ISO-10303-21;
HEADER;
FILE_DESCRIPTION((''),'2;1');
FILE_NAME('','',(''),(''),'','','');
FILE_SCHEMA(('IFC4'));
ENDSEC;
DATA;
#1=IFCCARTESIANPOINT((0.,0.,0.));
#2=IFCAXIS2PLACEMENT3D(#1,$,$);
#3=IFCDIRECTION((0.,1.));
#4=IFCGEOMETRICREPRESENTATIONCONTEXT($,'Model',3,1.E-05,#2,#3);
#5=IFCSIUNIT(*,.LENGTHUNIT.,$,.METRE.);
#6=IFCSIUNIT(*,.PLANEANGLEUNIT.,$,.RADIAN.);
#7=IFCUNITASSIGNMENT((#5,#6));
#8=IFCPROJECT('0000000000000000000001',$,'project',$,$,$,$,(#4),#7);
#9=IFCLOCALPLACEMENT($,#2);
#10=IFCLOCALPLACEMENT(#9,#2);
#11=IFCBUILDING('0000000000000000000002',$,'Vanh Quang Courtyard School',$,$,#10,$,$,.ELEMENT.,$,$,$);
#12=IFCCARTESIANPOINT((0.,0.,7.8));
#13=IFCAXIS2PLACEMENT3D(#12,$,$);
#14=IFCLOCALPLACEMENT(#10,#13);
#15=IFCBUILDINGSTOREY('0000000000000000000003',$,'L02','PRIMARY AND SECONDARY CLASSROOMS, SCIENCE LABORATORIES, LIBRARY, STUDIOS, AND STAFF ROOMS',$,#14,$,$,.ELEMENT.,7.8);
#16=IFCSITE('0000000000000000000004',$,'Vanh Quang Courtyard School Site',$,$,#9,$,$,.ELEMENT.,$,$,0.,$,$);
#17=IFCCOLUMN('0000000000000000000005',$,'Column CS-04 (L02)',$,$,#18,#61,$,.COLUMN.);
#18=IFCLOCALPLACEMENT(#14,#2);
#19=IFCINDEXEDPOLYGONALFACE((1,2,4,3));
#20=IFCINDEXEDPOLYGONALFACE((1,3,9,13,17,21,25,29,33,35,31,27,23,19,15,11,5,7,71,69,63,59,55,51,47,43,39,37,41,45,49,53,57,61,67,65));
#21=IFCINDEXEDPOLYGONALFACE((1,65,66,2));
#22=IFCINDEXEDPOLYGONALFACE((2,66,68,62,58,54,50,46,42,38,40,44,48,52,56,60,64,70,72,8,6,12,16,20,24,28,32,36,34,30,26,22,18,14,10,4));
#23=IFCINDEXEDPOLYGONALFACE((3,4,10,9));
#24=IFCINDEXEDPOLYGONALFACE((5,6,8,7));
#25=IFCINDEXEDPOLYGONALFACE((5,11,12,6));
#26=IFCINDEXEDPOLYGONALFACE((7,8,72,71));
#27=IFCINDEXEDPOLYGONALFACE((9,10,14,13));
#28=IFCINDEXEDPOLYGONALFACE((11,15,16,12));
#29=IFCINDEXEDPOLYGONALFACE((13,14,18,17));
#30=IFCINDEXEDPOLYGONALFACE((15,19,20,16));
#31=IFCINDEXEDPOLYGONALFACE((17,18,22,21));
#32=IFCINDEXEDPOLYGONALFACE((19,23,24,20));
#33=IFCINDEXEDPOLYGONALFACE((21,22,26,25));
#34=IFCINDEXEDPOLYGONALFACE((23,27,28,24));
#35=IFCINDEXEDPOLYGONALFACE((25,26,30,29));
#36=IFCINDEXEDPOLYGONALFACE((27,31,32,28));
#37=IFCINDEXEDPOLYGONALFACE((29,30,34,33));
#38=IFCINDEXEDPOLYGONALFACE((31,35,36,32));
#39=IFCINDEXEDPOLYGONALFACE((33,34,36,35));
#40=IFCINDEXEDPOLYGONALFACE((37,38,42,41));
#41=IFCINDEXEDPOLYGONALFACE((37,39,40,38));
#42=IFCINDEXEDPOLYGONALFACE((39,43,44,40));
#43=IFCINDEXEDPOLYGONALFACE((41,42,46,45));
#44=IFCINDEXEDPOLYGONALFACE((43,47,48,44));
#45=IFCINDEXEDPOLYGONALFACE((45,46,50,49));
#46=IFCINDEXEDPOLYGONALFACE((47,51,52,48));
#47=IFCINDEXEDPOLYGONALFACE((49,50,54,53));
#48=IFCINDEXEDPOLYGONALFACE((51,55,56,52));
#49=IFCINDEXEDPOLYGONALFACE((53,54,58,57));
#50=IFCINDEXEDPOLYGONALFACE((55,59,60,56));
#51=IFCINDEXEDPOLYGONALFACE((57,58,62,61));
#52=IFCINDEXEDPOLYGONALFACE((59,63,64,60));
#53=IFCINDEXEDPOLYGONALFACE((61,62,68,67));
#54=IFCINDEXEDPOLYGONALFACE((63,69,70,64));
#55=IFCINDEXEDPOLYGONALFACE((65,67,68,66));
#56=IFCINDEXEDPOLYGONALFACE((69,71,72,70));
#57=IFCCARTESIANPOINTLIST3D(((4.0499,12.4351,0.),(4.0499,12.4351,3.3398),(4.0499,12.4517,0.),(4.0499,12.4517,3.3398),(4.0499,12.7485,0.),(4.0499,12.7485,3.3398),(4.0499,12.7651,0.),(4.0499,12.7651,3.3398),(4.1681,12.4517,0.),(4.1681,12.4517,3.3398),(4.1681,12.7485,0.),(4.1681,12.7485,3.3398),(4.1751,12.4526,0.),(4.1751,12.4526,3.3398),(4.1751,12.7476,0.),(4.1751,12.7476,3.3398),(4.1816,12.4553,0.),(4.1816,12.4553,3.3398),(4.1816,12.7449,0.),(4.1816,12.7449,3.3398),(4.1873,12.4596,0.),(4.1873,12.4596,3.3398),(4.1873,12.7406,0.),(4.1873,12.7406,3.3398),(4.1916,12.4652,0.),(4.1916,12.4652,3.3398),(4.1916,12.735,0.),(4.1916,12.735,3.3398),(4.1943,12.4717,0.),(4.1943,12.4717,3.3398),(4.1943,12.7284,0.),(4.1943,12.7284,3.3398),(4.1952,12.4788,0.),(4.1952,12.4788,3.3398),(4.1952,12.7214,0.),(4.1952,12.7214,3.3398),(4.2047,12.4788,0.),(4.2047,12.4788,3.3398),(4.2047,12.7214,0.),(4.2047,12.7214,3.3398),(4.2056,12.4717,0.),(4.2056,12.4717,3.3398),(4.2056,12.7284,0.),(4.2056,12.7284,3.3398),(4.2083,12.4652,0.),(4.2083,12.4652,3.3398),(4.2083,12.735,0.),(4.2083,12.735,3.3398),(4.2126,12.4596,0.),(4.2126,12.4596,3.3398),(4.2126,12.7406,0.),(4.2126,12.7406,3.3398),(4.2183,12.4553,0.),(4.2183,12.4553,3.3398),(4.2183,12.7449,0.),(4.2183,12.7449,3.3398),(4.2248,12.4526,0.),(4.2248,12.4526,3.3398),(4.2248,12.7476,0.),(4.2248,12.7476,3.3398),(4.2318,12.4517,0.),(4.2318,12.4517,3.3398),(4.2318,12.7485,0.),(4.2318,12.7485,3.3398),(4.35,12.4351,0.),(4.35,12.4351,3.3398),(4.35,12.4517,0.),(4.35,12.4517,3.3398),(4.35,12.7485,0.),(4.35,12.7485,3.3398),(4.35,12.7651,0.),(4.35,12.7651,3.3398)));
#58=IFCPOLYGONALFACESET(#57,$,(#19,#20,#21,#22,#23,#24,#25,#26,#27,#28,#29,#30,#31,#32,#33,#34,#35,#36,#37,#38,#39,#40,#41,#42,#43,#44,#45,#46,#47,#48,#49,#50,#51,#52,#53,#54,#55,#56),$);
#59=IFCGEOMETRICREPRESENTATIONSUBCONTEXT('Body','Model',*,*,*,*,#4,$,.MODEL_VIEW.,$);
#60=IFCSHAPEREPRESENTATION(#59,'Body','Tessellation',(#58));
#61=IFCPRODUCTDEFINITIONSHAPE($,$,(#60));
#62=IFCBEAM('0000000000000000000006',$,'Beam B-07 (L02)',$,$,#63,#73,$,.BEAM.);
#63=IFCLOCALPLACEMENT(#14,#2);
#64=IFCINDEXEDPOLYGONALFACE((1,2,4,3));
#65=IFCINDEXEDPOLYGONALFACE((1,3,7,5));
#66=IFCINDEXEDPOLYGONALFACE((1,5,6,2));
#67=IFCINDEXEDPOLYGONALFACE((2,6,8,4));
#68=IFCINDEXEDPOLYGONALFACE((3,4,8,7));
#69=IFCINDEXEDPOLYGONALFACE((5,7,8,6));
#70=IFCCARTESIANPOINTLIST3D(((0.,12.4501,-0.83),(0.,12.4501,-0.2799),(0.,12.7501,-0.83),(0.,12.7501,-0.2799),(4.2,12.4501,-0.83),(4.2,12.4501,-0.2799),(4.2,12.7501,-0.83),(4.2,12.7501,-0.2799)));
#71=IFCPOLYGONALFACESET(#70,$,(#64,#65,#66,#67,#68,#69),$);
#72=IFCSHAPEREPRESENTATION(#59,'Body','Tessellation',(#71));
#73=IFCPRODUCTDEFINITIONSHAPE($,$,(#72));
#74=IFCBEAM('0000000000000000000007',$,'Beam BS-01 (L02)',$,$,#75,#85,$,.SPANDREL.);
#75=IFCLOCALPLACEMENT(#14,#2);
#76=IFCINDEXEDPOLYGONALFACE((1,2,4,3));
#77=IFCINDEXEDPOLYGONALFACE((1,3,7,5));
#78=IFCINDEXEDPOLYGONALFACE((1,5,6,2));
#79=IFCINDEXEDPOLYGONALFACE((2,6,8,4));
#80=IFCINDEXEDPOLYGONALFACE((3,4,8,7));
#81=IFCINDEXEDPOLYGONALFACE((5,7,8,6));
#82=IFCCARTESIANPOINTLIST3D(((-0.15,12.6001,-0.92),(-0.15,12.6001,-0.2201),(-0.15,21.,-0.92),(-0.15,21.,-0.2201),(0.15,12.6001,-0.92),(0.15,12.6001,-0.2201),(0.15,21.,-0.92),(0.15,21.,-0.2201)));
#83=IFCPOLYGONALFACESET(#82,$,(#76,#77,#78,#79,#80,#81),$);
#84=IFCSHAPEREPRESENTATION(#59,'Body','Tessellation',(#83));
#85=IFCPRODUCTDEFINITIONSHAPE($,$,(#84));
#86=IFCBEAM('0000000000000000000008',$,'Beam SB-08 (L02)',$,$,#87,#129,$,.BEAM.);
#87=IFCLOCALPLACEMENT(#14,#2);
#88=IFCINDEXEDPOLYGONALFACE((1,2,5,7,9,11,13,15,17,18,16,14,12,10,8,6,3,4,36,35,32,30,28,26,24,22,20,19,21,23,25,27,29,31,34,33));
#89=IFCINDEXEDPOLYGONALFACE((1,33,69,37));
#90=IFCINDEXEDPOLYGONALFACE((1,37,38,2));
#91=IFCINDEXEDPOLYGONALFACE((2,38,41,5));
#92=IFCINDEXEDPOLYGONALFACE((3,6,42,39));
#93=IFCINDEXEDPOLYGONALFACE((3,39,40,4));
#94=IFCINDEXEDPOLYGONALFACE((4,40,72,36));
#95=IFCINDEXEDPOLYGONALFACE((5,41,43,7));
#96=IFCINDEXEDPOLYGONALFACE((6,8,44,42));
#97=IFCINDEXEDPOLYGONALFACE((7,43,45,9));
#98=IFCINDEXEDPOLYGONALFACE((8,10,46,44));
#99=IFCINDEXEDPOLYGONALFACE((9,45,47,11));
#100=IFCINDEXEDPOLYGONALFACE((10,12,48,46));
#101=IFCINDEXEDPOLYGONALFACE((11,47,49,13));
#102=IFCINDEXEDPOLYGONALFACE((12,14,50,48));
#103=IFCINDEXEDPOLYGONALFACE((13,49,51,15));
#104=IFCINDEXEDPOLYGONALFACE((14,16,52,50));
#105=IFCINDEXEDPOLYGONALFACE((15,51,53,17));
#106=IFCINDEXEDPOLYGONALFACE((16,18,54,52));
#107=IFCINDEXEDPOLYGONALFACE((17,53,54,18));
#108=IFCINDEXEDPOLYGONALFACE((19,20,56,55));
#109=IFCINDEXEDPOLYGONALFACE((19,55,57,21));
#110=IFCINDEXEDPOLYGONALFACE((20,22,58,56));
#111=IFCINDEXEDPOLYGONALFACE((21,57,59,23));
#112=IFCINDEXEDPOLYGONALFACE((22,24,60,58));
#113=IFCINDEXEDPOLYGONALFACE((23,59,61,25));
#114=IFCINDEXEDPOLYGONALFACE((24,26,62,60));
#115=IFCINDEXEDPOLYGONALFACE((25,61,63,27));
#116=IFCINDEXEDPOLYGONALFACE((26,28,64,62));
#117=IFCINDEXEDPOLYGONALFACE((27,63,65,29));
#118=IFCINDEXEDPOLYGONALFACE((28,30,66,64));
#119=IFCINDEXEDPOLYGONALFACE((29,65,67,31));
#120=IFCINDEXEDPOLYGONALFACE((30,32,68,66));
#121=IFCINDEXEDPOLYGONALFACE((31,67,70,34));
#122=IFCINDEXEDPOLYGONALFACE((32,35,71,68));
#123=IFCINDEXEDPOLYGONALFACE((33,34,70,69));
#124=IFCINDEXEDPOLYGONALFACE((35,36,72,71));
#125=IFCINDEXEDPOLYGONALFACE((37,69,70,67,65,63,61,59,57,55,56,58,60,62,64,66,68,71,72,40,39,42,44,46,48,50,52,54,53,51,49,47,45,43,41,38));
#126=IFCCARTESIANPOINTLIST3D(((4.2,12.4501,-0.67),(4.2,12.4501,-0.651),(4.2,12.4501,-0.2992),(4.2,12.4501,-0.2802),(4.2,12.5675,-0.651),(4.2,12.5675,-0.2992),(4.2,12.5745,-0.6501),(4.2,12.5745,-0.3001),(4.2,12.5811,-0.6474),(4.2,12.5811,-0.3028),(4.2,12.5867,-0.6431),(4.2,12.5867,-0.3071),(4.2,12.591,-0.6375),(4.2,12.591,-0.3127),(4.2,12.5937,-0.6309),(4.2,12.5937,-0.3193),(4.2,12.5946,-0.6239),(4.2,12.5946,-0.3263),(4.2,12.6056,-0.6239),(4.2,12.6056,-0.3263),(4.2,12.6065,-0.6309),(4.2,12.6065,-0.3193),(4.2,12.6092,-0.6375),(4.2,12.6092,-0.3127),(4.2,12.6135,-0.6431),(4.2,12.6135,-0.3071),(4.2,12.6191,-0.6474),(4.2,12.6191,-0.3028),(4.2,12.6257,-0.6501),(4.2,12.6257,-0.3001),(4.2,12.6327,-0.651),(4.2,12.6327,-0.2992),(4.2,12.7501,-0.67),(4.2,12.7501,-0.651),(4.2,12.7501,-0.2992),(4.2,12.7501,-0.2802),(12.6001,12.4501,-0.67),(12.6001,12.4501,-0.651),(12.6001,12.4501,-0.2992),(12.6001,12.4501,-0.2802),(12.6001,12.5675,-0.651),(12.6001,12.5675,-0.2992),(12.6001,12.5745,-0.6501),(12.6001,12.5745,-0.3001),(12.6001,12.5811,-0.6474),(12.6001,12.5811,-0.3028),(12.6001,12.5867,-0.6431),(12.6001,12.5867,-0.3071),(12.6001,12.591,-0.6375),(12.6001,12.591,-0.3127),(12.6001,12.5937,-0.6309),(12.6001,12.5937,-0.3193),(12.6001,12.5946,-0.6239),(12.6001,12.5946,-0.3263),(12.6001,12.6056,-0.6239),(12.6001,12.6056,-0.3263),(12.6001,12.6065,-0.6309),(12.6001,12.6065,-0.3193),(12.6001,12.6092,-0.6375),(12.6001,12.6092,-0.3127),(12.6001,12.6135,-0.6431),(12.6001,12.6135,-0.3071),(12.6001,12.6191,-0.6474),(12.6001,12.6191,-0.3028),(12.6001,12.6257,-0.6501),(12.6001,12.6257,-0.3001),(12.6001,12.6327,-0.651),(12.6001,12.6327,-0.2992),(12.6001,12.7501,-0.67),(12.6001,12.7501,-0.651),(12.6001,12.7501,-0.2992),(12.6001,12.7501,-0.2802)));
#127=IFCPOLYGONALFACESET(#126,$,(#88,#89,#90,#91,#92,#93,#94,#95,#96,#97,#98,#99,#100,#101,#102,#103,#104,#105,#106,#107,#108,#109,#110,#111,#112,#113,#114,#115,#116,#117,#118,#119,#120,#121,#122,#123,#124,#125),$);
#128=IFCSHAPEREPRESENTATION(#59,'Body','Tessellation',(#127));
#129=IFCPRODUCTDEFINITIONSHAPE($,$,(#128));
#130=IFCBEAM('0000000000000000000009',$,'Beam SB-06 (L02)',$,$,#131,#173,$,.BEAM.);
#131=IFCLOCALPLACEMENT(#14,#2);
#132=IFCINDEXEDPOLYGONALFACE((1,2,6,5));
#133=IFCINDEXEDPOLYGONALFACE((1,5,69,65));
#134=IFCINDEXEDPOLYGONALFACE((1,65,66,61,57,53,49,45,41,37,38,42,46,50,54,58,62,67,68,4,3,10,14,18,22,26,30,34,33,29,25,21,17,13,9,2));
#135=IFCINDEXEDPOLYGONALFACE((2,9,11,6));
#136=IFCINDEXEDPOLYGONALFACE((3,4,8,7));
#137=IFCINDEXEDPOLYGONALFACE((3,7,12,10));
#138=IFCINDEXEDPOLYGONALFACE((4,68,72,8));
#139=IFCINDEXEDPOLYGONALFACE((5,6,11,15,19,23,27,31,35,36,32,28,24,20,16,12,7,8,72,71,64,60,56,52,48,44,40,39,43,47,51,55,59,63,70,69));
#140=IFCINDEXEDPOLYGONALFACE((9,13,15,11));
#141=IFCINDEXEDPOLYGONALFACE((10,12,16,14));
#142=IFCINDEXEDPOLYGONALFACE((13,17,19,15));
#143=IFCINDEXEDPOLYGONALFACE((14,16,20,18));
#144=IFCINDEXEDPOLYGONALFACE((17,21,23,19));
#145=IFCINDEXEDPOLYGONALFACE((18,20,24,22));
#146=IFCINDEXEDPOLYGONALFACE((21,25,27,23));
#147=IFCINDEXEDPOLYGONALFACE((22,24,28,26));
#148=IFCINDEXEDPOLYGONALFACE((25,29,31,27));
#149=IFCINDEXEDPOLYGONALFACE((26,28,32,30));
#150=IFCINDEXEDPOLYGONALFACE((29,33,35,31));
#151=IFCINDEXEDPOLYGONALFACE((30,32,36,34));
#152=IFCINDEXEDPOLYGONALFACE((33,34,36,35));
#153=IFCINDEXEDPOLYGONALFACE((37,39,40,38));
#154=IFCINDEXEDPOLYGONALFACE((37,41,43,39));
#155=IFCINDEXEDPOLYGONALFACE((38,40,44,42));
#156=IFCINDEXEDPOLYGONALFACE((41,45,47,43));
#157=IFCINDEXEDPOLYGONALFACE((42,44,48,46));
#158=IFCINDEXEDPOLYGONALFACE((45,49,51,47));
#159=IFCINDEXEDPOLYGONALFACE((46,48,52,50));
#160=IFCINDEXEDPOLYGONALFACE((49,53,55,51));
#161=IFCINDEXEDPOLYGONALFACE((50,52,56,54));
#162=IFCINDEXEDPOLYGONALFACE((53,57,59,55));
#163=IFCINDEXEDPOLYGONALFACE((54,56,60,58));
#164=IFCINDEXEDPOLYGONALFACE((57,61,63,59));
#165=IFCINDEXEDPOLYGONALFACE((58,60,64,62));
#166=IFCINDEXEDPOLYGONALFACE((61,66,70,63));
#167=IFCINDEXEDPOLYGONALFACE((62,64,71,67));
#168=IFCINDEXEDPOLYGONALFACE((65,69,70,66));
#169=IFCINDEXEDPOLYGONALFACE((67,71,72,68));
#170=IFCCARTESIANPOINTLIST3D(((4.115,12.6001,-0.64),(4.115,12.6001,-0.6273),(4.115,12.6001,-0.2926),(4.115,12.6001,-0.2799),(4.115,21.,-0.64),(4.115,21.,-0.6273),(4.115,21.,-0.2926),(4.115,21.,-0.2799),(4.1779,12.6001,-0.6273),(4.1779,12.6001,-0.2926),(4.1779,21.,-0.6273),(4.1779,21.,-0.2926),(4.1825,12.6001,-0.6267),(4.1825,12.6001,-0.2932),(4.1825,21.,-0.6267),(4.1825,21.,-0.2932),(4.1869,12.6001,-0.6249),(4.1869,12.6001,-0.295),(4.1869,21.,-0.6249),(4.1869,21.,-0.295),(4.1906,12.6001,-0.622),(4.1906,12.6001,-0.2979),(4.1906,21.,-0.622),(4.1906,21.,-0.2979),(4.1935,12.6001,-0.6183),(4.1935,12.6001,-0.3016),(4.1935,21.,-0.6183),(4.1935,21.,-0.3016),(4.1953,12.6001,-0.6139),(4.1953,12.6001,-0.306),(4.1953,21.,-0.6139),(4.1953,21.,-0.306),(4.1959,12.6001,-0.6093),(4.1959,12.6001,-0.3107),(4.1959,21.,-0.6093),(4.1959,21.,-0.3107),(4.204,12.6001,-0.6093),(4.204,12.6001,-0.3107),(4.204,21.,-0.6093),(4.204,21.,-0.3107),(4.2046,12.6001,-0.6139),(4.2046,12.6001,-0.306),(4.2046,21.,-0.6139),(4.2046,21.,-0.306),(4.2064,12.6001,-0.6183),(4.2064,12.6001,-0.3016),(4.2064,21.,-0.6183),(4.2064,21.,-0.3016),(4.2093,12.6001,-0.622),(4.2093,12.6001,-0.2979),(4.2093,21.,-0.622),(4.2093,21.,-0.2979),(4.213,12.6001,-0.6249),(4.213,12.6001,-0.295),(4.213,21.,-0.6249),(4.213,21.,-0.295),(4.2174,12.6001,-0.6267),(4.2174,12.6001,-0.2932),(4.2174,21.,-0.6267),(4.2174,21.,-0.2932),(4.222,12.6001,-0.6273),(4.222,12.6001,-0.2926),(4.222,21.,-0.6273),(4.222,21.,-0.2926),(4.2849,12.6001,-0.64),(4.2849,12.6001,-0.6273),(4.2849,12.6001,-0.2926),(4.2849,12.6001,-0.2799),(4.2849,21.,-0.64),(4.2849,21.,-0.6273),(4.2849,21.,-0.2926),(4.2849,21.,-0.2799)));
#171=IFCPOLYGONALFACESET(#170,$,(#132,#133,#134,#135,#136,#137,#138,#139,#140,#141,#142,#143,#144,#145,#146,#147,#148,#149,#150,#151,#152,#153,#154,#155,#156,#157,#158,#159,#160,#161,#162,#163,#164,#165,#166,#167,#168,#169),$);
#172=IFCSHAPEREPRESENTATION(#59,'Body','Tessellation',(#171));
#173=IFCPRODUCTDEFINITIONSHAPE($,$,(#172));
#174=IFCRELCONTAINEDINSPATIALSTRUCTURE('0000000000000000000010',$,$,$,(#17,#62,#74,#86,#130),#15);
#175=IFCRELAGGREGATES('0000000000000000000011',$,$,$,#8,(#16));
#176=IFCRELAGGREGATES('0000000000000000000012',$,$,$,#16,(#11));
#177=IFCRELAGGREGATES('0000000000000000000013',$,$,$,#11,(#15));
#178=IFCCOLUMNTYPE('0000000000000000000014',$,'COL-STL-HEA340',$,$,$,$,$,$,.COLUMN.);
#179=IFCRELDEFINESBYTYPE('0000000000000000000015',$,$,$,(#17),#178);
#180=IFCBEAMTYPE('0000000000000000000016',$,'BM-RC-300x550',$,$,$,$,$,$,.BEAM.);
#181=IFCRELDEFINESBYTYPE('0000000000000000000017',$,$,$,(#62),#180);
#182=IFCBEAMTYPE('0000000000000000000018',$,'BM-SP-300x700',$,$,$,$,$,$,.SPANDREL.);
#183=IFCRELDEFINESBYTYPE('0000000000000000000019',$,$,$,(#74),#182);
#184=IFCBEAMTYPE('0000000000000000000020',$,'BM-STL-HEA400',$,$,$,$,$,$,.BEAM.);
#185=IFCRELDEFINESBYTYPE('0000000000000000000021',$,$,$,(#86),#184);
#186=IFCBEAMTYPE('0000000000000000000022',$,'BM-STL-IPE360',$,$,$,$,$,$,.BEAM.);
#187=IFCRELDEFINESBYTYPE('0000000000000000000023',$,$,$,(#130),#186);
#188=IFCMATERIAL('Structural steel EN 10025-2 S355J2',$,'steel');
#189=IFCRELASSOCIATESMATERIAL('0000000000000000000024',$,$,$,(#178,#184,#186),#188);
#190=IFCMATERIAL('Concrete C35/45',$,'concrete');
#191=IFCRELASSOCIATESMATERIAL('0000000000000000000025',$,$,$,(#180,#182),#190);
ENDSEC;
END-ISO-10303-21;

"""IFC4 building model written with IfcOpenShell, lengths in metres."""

from ifc_helpers import new_model, si_unit, direction, frame, origin, origin_2d, place, context, subcontext, project, spatial, rectangle, i_section, extrude, material, material_profile, profile_set, type_object, element, save


model = new_model("IFC4")

# Units and contexts
model_context = context("Model", 3, precision=1e-05, world=origin(), true_north=direction((0.0, 1.0)))
body_context = subcontext(model_context, "Body", "Model", "MODEL_VIEW")
ifc_project = project(units=[si_unit("LENGTHUNIT", "METRE"), si_unit("PLANEANGLEUNIT", "RADIAN")], contexts=[model_context])

# Site, building, storey
site_placement = place(None, origin())
site = spatial("IfcSite", under=ifc_project, at=site_placement, Name="Vanh Quang Courtyard School Site", CompositionType="ELEMENT", RefElevation=0.0)
building_placement = place(site_placement, origin())
building = spatial("IfcBuilding", under=site, at=building_placement, Name="Vanh Quang Courtyard School", CompositionType="ELEMENT")
storey_placement = place(building_placement, frame((0.0, 0.0, 7.8)))
storey = spatial("IfcBuildingStorey", under=building, at=storey_placement, Name="L02", Description="PRIMARY AND SECONDARY CLASSROOMS, SCIENCE LABORATORIES, LIBRARY, STUDIOS, AND STAFF ROOMS", CompositionType="ELEMENT", Elevation=7.8)

# Column
ifc_material_1 = material(Name="Structural steel EN 10025-2 S355J2", Category="steel")
ifc_material_profile_1 = material_profile(ifc_material_1, i_section(OverallWidth=0.3, OverallDepth=0.3301, WebThickness=0.0095, FlangeThickness=0.0166, FilletRadius=0.0271, at=origin_2d()), Name="HEA 340")
ifc_profile_set_1 = profile_set([ifc_material_profile_1], Name="Structural steel EN 10025-2 S355J2")
column_type = type_object("IfcColumnType", Name="COL-STL-HEA340", PredefinedType="COLUMN", material=ifc_profile_set_1)
column_placement = place(storey_placement, frame((4.2, 12.6001, 0.0), z_axis=(0.0, 0.0, 1.0), x_axis=(1.0, 0.0, 0.0)))
element("IfcColumn", 1, at=column_placement, inside=storey, type_object=column_type, Name="Column CS-04 (L02)", PredefinedType="COLUMN", context=body_context, shape_type="SweptSolid", body=[
    extrude(i_section(OverallWidth=0.3, OverallDepth=0.3301, WebThickness=0.0095, FlangeThickness=0.0166, FilletRadius=0.0271, at=origin_2d()), origin(), (0.0, 0.0, 1.0), 3.3398),
])

# Beams
ifc_material_2 = material(Name="Concrete C35/45", Category="concrete")
ifc_material_profile_2 = material_profile(ifc_material_2, rectangle(XDim=0.3, YDim=0.55, at=origin_2d()), Name="RC-BM 300x550")
ifc_profile_set_2 = profile_set([ifc_material_profile_2], Name="Concrete C35/45")
beam_type_1 = type_object("IfcBeamType", Name="BM-RC-300x550", PredefinedType="BEAM", material=ifc_profile_set_2)
beam_1_placement = place(storey_placement, frame((0.0, 12.6001, -0.5549), z_axis=(1.0, 0.0, 0.0), x_axis=(0.0, 1.0, 0.0)))
element("IfcBeam", 2, at=beam_1_placement, inside=storey, type_object=beam_type_1, Name="Beam B-07 (L02)", PredefinedType="BEAM", context=body_context, shape_type="SweptSolid", body=[
    extrude(rectangle(XDim=0.3, YDim=0.55, at=origin_2d()), origin(), (0.0, 0.0, 1.0), 4.2),
])
ifc_material_profile_3 = material_profile(ifc_material_2, rectangle(XDim=0.3, YDim=0.7, at=origin_2d()), Name="RC-SP 300x700")
ifc_profile_set_3 = profile_set([ifc_material_profile_3], Name="Concrete C35/45")
beam_type_2 = type_object("IfcBeamType", Name="BM-SP-300x700", PredefinedType="SPANDREL", material=ifc_profile_set_3)
beam_2_placement = place(storey_placement, frame((0.0, 12.6001, -0.5701), z_axis=(0.0, 1.0, 0.0), x_axis=(-1.0, 0.0, 0.0)))
element("IfcBeam", 3, at=beam_2_placement, inside=storey, type_object=beam_type_2, Name="Beam BS-01 (L02)", PredefinedType="SPANDREL", context=body_context, shape_type="SweptSolid", body=[
    extrude(rectangle(XDim=0.3, YDim=0.7, at=origin_2d()), origin(), (0.0, 0.0, 1.0), 8.3999),
])
ifc_material_profile_4 = material_profile(ifc_material_1, i_section(OverallWidth=0.3, OverallDepth=0.3899, WebThickness=0.011, FlangeThickness=0.019, FilletRadius=0.0271, at=origin_2d()), Name="HEA 400")
ifc_profile_set_4 = profile_set([ifc_material_profile_4], Name="Structural steel EN 10025-2 S355J2")
beam_type_3 = type_object("IfcBeamType", Name="BM-STL-HEA400", PredefinedType="BEAM", material=ifc_profile_set_4)
beam_3_placement = place(storey_placement, frame((4.2, 12.6001, -0.4751), z_axis=(1.0, 0.0, 0.0), x_axis=(0.0, 1.0, 0.0)))
element("IfcBeam", 4, at=beam_3_placement, inside=storey, type_object=beam_type_3, Name="Beam SB-08 (L02)", PredefinedType="BEAM", context=body_context, shape_type="SweptSolid", body=[
    extrude(i_section(OverallWidth=0.3, OverallDepth=0.3899, WebThickness=0.011, FlangeThickness=0.019, FilletRadius=0.0271, at=origin_2d()), origin(), (0.0, 0.0, 1.0), 8.4001),
])
ifc_material_profile_5 = material_profile(ifc_material_1, i_section(OverallWidth=0.1699, OverallDepth=0.3601, WebThickness=0.0081, FlangeThickness=0.0127, FilletRadius=0.0181, at=origin_2d()), Name="IPE 360")
ifc_profile_set_5 = profile_set([ifc_material_profile_5], Name="Structural steel EN 10025-2 S355J2")
beam_type_4 = type_object("IfcBeamType", Name="BM-STL-IPE360", PredefinedType="BEAM", material=ifc_profile_set_5)
beam_4_placement = place(storey_placement, frame((4.2, 12.6001, -0.46), z_axis=(0.0, 1.0, 0.0), x_axis=(-1.0, 0.0, 0.0)))
element("IfcBeam", 5, at=beam_4_placement, inside=storey, type_object=beam_type_4, Name="Beam SB-06 (L02)", PredefinedType="BEAM", context=body_context, shape_type="SweptSolid", body=[
    extrude(i_section(OverallWidth=0.1699, OverallDepth=0.3601, WebThickness=0.0081, FlangeThickness=0.0127, FilletRadius=0.0181, at=origin_2d()), origin(), (0.0, 0.0, 1.0), 8.3999),
])

save(model, "model.ifc")
